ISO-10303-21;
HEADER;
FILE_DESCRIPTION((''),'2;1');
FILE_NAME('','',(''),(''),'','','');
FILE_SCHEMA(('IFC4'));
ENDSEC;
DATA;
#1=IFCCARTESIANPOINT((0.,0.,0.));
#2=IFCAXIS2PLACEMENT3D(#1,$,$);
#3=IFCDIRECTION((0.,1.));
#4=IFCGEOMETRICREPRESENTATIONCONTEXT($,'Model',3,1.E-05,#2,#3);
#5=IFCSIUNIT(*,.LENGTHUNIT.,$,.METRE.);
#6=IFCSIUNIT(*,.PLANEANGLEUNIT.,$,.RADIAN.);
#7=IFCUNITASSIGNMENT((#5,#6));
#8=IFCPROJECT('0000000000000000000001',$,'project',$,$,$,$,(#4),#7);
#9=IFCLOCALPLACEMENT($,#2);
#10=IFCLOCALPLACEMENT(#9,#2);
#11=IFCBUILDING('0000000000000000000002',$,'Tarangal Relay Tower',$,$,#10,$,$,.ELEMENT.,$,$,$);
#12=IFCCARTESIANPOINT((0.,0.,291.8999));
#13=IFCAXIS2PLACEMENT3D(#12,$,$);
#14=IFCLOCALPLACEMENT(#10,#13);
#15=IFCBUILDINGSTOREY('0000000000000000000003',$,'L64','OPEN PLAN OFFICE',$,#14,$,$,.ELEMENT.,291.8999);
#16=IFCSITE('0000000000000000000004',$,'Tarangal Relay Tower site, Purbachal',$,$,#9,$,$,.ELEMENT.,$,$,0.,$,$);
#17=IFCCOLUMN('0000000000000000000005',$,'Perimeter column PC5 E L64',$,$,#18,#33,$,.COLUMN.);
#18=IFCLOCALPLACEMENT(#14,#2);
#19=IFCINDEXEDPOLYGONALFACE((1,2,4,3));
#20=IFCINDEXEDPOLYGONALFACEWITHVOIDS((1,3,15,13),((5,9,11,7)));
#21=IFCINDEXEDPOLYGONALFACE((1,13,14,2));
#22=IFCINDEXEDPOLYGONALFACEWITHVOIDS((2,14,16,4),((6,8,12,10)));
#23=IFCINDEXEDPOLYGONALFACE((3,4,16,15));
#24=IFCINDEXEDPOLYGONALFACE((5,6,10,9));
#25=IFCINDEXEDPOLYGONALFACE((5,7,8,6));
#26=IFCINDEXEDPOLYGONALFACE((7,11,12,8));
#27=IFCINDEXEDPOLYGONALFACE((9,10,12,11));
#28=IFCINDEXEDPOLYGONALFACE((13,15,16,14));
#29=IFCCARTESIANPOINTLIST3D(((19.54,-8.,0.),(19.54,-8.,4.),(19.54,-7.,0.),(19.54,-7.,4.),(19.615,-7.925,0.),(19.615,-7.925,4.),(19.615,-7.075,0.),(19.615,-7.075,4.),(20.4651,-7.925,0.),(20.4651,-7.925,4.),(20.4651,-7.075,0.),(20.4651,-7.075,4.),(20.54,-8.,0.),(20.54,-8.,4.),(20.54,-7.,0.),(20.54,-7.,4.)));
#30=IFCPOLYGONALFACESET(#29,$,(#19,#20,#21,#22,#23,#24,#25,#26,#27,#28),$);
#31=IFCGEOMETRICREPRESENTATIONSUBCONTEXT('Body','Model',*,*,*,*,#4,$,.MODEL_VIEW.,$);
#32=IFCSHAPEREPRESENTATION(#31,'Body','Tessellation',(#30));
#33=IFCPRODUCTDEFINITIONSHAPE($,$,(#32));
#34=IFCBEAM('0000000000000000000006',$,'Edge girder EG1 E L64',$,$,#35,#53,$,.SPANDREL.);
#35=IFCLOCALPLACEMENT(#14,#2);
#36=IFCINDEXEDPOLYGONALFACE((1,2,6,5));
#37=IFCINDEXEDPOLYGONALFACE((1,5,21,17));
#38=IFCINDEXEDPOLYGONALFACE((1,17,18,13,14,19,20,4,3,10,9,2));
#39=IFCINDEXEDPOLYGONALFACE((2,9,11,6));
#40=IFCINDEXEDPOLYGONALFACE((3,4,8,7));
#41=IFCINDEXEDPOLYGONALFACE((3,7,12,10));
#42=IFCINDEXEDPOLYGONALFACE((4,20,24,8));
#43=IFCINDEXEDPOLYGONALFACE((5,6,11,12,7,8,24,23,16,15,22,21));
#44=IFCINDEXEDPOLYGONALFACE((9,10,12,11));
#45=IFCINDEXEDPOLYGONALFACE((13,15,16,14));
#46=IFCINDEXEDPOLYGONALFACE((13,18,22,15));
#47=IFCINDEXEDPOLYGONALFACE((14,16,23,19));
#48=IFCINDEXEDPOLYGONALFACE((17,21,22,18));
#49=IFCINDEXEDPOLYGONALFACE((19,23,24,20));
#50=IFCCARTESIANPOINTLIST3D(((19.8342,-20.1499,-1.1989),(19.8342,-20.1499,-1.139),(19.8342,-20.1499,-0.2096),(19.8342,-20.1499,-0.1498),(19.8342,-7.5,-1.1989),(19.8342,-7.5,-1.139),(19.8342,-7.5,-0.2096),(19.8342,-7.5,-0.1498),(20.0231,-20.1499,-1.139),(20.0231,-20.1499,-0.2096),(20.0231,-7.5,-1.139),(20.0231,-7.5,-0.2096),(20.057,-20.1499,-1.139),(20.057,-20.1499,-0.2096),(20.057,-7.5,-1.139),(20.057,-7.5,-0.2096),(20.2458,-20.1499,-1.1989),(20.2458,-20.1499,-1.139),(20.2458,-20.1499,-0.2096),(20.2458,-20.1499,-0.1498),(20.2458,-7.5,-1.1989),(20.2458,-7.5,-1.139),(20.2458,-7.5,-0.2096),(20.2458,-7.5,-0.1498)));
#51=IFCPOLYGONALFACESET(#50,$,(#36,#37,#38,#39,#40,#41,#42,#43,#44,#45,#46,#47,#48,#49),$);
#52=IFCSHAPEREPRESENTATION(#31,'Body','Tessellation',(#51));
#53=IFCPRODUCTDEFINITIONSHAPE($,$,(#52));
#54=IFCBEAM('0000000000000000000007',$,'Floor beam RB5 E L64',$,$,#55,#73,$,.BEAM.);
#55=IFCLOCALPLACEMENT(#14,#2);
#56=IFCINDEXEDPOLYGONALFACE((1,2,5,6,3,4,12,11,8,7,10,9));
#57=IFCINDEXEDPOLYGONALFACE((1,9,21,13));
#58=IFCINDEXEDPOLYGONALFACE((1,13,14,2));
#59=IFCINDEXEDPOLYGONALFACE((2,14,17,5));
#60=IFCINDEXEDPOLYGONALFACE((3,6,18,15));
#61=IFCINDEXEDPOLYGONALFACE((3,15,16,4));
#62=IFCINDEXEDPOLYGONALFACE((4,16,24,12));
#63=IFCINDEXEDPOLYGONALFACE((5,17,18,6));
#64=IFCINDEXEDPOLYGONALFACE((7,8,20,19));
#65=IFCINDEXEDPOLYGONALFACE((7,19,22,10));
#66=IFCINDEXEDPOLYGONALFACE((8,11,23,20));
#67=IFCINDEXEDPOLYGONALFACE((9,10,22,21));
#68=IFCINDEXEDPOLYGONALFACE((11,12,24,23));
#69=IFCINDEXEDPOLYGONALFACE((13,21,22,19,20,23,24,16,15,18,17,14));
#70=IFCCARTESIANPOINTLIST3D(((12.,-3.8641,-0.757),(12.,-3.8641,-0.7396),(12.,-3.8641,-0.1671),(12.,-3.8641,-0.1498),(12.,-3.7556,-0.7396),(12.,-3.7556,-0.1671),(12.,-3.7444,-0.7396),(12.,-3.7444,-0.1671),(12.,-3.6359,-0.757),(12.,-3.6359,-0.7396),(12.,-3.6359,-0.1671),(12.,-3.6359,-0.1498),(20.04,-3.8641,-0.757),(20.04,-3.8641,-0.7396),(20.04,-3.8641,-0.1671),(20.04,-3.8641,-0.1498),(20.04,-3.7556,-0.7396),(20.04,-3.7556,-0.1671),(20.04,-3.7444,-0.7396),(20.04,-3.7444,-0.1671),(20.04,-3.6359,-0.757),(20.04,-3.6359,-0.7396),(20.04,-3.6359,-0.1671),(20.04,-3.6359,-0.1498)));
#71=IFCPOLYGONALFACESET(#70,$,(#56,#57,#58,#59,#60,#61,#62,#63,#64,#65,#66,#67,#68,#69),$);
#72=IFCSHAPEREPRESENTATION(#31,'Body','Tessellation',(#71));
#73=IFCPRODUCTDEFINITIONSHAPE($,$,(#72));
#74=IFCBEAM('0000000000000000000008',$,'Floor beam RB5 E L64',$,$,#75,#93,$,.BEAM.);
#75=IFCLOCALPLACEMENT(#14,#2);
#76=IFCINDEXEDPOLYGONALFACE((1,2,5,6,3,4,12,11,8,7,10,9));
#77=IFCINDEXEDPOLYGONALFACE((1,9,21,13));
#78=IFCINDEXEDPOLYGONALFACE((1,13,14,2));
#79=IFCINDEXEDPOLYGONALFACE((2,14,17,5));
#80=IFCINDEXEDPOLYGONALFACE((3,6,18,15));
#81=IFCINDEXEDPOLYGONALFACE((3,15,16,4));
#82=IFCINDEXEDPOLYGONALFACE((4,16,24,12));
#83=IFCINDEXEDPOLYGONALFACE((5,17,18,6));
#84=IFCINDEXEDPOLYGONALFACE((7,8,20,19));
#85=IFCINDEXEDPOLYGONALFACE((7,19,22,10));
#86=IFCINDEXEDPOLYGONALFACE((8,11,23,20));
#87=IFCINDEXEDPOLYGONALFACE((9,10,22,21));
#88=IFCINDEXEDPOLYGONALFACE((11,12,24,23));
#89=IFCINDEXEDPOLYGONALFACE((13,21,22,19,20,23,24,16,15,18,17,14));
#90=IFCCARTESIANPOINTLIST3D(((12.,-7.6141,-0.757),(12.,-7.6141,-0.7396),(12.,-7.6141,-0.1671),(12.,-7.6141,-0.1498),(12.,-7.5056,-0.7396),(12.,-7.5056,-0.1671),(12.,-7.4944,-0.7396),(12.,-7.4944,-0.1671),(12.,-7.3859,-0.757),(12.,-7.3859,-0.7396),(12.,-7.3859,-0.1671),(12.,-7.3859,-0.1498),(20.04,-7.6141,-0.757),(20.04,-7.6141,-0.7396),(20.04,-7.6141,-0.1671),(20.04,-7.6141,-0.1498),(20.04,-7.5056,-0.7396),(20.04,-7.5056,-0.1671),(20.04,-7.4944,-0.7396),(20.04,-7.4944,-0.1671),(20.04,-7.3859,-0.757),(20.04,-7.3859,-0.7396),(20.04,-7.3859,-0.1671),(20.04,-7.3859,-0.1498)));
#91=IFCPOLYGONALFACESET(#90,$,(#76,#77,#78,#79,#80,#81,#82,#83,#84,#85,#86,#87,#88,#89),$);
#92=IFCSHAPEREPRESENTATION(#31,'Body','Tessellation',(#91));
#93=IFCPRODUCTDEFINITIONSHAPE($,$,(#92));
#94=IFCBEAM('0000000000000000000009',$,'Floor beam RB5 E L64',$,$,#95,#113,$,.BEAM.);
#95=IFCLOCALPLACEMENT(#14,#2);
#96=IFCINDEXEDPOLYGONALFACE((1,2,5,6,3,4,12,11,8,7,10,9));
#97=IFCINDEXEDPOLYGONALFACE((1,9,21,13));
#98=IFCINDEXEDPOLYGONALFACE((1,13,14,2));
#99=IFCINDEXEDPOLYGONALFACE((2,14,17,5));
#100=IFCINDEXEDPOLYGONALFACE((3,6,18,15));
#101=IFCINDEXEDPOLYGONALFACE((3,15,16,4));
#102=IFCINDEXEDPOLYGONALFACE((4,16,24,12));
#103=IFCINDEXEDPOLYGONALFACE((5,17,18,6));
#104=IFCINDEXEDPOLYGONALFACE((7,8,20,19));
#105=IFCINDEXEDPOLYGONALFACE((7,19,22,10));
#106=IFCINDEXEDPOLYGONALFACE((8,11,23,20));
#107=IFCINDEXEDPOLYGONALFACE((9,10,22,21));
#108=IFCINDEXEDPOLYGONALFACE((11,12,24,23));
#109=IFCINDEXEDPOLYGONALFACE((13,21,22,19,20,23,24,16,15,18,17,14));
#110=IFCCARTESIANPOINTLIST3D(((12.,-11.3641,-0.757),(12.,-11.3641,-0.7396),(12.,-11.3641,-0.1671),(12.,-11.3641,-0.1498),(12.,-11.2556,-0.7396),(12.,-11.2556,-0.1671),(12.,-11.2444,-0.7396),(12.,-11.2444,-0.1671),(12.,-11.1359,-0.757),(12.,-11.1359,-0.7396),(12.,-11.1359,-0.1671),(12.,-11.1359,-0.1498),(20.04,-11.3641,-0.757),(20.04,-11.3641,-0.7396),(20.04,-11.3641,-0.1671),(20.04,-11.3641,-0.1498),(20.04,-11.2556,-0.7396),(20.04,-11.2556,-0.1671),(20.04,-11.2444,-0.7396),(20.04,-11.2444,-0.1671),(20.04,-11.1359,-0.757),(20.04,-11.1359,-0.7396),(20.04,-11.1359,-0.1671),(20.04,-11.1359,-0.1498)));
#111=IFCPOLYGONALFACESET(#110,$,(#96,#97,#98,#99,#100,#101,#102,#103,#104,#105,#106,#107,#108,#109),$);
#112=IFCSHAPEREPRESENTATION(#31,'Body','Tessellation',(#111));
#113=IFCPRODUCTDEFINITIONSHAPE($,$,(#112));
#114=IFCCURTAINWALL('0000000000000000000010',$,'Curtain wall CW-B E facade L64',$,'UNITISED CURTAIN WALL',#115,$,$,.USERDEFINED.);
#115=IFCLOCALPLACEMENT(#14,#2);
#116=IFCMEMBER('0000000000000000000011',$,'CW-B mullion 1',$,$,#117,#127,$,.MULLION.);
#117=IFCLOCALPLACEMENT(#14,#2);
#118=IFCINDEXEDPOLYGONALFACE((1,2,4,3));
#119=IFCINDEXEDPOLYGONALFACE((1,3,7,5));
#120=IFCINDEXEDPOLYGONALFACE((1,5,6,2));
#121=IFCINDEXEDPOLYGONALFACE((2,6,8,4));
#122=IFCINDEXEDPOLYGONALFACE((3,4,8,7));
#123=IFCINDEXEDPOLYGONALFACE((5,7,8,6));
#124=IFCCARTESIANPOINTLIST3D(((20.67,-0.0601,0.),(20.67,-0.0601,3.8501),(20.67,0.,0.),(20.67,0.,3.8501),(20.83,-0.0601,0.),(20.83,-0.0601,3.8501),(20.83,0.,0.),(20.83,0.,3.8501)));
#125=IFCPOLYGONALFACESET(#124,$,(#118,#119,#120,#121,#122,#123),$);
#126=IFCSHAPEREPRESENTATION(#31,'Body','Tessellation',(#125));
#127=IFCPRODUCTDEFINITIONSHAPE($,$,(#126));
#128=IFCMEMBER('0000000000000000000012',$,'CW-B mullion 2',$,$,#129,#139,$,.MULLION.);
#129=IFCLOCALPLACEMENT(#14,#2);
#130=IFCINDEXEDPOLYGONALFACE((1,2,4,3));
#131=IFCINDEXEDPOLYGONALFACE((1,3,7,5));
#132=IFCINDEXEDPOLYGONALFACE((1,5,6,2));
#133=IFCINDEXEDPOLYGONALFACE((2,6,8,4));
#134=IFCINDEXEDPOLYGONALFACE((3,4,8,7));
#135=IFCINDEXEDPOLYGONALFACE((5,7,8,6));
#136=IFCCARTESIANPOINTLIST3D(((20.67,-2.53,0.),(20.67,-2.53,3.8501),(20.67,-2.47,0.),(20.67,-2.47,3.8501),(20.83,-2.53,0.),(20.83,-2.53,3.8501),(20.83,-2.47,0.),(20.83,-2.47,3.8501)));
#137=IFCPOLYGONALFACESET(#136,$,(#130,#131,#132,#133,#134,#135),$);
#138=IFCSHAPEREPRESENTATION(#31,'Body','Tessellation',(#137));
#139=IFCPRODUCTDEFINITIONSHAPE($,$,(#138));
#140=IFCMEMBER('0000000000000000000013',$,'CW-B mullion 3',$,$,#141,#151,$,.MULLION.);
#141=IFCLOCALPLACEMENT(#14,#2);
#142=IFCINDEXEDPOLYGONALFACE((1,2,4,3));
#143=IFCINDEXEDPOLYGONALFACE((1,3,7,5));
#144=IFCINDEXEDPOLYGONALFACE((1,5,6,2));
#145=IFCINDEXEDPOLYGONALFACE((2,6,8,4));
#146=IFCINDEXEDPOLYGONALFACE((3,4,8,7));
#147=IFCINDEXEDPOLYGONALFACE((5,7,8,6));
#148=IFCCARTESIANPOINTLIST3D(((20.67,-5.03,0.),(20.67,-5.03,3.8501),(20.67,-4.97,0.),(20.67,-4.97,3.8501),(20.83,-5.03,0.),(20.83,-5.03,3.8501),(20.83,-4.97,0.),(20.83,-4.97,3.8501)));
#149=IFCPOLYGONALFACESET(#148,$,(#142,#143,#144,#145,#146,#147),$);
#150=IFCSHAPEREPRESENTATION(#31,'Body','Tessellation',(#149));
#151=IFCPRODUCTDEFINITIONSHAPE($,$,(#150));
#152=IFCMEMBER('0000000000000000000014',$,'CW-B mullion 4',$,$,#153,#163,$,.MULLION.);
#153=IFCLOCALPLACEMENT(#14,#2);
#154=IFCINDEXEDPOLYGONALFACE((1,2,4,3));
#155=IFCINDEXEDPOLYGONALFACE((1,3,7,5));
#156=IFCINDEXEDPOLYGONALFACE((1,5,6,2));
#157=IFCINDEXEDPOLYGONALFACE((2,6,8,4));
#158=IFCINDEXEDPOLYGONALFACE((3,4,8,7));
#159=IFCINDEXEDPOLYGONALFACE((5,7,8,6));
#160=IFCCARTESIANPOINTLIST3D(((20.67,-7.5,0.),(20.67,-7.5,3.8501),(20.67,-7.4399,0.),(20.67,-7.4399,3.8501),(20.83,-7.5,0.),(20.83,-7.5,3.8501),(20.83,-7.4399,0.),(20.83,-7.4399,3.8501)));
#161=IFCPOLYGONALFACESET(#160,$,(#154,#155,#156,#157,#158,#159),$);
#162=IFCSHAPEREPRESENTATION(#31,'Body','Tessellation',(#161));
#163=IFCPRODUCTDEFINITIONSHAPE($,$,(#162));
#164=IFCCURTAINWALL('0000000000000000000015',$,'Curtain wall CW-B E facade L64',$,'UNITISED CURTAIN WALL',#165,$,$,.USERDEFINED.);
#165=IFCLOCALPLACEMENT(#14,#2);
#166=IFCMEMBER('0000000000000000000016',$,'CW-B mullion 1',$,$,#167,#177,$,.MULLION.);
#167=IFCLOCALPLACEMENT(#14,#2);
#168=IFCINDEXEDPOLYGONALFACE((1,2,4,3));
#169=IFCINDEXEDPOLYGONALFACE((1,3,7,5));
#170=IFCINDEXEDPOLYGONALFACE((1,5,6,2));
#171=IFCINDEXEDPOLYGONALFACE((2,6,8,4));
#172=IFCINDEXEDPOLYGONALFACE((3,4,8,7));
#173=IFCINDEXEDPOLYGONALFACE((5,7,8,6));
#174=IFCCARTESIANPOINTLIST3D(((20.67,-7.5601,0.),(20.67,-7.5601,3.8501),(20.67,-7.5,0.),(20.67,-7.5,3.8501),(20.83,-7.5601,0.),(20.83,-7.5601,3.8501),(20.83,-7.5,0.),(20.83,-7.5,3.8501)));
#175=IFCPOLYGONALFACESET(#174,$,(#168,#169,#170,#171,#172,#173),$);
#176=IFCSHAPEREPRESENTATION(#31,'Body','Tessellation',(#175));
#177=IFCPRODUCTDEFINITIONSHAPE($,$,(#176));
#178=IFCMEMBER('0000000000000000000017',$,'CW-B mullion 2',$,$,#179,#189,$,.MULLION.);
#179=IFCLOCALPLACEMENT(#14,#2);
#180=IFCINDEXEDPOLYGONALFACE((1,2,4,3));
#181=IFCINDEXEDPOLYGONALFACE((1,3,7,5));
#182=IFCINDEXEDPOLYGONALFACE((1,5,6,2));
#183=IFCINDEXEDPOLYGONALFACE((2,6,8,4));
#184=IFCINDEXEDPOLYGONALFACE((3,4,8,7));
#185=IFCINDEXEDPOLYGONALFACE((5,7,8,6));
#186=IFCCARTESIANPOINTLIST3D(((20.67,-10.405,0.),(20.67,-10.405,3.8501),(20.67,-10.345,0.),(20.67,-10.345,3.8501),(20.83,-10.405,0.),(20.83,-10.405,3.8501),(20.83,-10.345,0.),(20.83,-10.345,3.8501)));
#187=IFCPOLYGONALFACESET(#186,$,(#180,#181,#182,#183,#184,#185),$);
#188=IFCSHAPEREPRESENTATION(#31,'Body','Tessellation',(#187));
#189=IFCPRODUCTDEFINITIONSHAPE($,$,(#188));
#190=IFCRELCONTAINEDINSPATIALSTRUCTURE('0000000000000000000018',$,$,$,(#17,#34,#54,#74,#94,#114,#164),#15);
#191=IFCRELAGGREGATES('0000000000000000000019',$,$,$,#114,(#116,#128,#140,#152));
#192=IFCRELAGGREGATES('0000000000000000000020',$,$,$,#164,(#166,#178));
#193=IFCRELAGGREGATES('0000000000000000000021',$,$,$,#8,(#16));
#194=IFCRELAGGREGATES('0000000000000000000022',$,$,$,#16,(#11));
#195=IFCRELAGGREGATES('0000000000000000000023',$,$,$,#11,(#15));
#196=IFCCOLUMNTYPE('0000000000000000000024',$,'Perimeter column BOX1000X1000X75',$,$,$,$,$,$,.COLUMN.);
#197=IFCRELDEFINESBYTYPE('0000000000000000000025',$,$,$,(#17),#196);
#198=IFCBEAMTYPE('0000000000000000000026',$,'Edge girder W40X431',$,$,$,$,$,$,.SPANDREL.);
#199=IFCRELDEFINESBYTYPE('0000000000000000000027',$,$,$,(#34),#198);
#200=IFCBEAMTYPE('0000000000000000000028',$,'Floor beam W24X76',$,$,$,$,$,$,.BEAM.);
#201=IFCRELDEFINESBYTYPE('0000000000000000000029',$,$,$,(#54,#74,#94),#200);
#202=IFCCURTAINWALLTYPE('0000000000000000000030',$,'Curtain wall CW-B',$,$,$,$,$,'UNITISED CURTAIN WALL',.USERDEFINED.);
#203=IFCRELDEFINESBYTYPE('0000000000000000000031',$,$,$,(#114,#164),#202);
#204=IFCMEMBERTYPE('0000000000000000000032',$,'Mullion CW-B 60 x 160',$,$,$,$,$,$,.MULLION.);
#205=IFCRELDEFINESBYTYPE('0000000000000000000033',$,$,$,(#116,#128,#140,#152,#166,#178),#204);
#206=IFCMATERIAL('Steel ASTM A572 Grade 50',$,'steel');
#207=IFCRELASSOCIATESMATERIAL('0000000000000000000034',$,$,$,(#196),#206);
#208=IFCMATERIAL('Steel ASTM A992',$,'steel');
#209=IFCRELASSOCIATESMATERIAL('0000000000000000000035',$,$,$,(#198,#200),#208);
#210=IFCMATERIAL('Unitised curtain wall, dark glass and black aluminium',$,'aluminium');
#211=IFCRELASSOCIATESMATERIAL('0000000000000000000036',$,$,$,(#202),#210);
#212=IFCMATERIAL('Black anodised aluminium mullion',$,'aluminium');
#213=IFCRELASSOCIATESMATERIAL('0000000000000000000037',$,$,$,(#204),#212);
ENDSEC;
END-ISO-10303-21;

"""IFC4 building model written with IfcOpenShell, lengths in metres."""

from ifc_helpers import new_model, si_unit, direction, frame, origin, origin_2d, place, context, subcontext, project, spatial, rectangle, hollow_rectangle, i_section, extrude, material, material_profile, profile_set, type_object, element, aggregate, save


model = new_model("IFC4")

# Units and contexts
model_context = context("Model", 3, precision=1e-05, world=origin(), true_north=direction((0.0, 1.0)))
body_context = subcontext(model_context, "Body", "Model", "MODEL_VIEW")
ifc_project = project(units=[si_unit("LENGTHUNIT", "METRE"), si_unit("PLANEANGLEUNIT", "RADIAN")], contexts=[model_context])

# Site, building, storey
site_placement = place(None, origin())
site = spatial("IfcSite", under=ifc_project, at=site_placement, Name="Tarangal Relay Tower site, Purbachal", CompositionType="ELEMENT", RefElevation=0.0)
building_placement = place(site_placement, origin())
building = spatial("IfcBuilding", under=site, at=building_placement, Name="Tarangal Relay Tower", CompositionType="ELEMENT")
storey_placement = place(building_placement, frame((0.0, 0.0, 291.8999)))
storey = spatial("IfcBuildingStorey", under=building, at=storey_placement, Name="L64", Description="OPEN PLAN OFFICE", CompositionType="ELEMENT", Elevation=291.8999)

# Column
ifc_material_1 = material(Name="Steel ASTM A572 Grade 50", Category="steel")
ifc_material_profile_1 = material_profile(ifc_material_1, hollow_rectangle(XDim=1.0, YDim=1.0, WallThickness=0.075, at=origin_2d()), Name="BOX1000X1000X75")
ifc_profile_set_1 = profile_set([ifc_material_profile_1], Name="Steel ASTM A572 Grade 50")
column_type = type_object("IfcColumnType", Name="Perimeter column BOX1000X1000X75", PredefinedType="COLUMN", material=ifc_profile_set_1)
column_placement = place(storey_placement, frame((20.04, -7.5, 0.0), z_axis=(0.0, 0.0, 1.0), x_axis=(1.0, 0.0, 0.0)))
element("IfcColumn", 1, at=column_placement, inside=storey, type_object=column_type, Name="Perimeter column PC5 E L64", PredefinedType="COLUMN", context=body_context, shape_type="SweptSolid", body=[
    extrude(hollow_rectangle(XDim=1.0, YDim=1.0, WallThickness=0.075, at=origin_2d()), origin(), (0.0, 0.0, 1.0), 4.0),
])

# Beams
ifc_material_2 = material(Name="Steel ASTM A992", Category="steel")
ifc_material_profile_2 = material_profile(ifc_material_2, i_section(OverallWidth=0.4116, OverallDepth=1.0491, WebThickness=0.0339, FlangeThickness=0.0598, at=origin_2d()), Name="W40X431")
ifc_profile_set_2 = profile_set([ifc_material_profile_2], Name="Steel ASTM A992")
beam_type_1 = type_object("IfcBeamType", Name="Edge girder W40X431", PredefinedType="SPANDREL", material=ifc_profile_set_2)
beam_placement = place(storey_placement, frame((20.04, -7.5, -0.6743), z_axis=(0.0, -1.0, 0.0), x_axis=(1.0, 0.0, 0.0)))
element("IfcBeam", 2, at=beam_placement, inside=storey, type_object=beam_type_1, Name="Edge girder EG1 E L64", PredefinedType="SPANDREL", context=body_context, shape_type="SweptSolid", body=[
    extrude(i_section(OverallWidth=0.4116, OverallDepth=1.0491, WebThickness=0.0339, FlangeThickness=0.0598, at=origin_2d()), origin(), (0.0, 0.0, 1.0), 12.6499),
])
ifc_material_profile_3 = material_profile(ifc_material_2, i_section(OverallWidth=0.2283, OverallDepth=0.6072, WebThickness=0.0112, FlangeThickness=0.0173, at=origin_2d()), Name="W24X76")
ifc_profile_set_3 = profile_set([ifc_material_profile_3], Name="Steel ASTM A992")
beam_type_2 = type_object("IfcBeamType", Name="Floor beam W24X76", PredefinedType="BEAM", material=ifc_profile_set_3)
for number, where, z_axis, x_axis, name in (
    (3, (12.0, -3.75, -0.4534), (1.0, 0.0, 0.0), (0.0, 1.0, 0.0), "Floor beam RB5 E L64"),
    (4, (12.0, -7.5, -0.4534), (1.0, 0.0, 0.0), (0.0, 1.0, 0.0), "Floor beam RB5 E L64"),
    (5, (12.0, -11.25, -0.4534), (1.0, 0.0, 0.0), (0.0, 1.0, 0.0), "Floor beam RB5 E L64"),
):
    element("IfcBeam", number, at=place(storey_placement, frame(where, z_axis=z_axis, x_axis=x_axis)), inside=storey, type_object=beam_type_2, Name=name, PredefinedType="BEAM", context=body_context, shape_type="SweptSolid", body=[
        extrude(i_section(OverallWidth=0.2283, OverallDepth=0.6072, WebThickness=0.0112, FlangeThickness=0.0173, at=origin_2d()), origin(), (0.0, 0.0, 1.0), 8.04),
    ])

# Curtain walls, members
ifc_material_3 = material(Name="Unitised curtain wall, dark glass and black aluminium", Category="aluminium")
curtain_wall_type = type_object("IfcCurtainWallType", Name="Curtain wall CW-B", ElementType="UNITISED CURTAIN WALL", PredefinedType="USERDEFINED", material=ifc_material_3)
curtain_wall_1_placement = place(storey_placement, origin())
curtain_wall_1 = element("IfcCurtainWall", 6, at=curtain_wall_1_placement, inside=storey, type_object=curtain_wall_type, Name="Curtain wall CW-B E facade L64", ObjectType="UNITISED CURTAIN WALL", PredefinedType="USERDEFINED")
ifc_material_4 = material(Name="Black anodised aluminium mullion", Category="aluminium")
ifc_material_profile_4 = material_profile(ifc_material_4, rectangle(XDim=0.1599, YDim=0.0601, at=origin_2d()), Name="CW-BM 60X160")
ifc_profile_set_4 = profile_set([ifc_material_profile_4], Name="Black anodised aluminium mullion")
member_type_1 = type_object("IfcMemberType", Name="Mullion CW-B 60 x 160", PredefinedType="MULLION", material=ifc_profile_set_4)
member_1_placement = place(storey_placement, frame((20.75, -0.03, 0.0), z_axis=(0.0, 0.0, 1.0), x_axis=(1.0, 0.0, 0.0)))
member_1 = element("IfcMember", 7, at=member_1_placement, type_object=member_type_1, Name="CW-B mullion 1", PredefinedType="MULLION", context=body_context, shape_type="SweptSolid", body=[
    extrude(rectangle(XDim=0.1599, YDim=0.0601, at=origin_2d()), origin(), (0.0, 0.0, 1.0), 3.8501),
])
member_2_placement = place(storey_placement, frame((20.75, -2.5, 0.0), z_axis=(0.0, 0.0, 1.0), x_axis=(1.0, 0.0, 0.0)))
member_2 = element("IfcMember", 8, at=member_2_placement, type_object=member_type_1, Name="CW-B mullion 2", PredefinedType="MULLION", context=body_context, shape_type="SweptSolid", body=[
    extrude(rectangle(XDim=0.1599, YDim=0.0601, at=origin_2d()), origin(), (0.0, 0.0, 1.0), 3.8501),
])
member_3_placement = place(storey_placement, frame((20.75, -5.0, 0.0), z_axis=(0.0, 0.0, 1.0), x_axis=(1.0, 0.0, 0.0)))
member_3 = element("IfcMember", 9, at=member_3_placement, type_object=member_type_1, Name="CW-B mullion 3", PredefinedType="MULLION", context=body_context, shape_type="SweptSolid", body=[
    extrude(rectangle(XDim=0.1599, YDim=0.0601, at=origin_2d()), origin(), (0.0, 0.0, 1.0), 3.8501),
])
member_4_placement = place(storey_placement, frame((20.75, -7.47, 0.0), z_axis=(0.0, 0.0, 1.0), x_axis=(1.0, 0.0, 0.0)))
member_4 = element("IfcMember", 10, at=member_4_placement, type_object=member_type_1, Name="CW-B mullion 4", PredefinedType="MULLION", context=body_context, shape_type="SweptSolid", body=[
    extrude(rectangle(XDim=0.1599, YDim=0.0601, at=origin_2d()), origin(), (0.0, 0.0, 1.0), 3.8501),
])
curtain_wall_2_placement = place(storey_placement, origin())
curtain_wall_2 = element("IfcCurtainWall", 11, at=curtain_wall_2_placement, inside=storey, type_object=curtain_wall_type, Name="Curtain wall CW-B E facade L64", ObjectType="UNITISED CURTAIN WALL", PredefinedType="USERDEFINED")
member_5_placement = place(storey_placement, frame((20.75, -7.53, 0.0), z_axis=(0.0, 0.0, 1.0), x_axis=(1.0, 0.0, 0.0)))
member_5 = element("IfcMember", 12, at=member_5_placement, type_object=member_type_1, Name="CW-B mullion 1", PredefinedType="MULLION", context=body_context, shape_type="SweptSolid", body=[
    extrude(rectangle(XDim=0.1599, YDim=0.0601, at=origin_2d()), origin(), (0.0, 0.0, 1.0), 3.8501),
])
member_6_placement = place(storey_placement, frame((20.75, -10.375, 0.0), z_axis=(0.0, 0.0, 1.0), x_axis=(1.0, 0.0, 0.0)))
member_6 = element("IfcMember", 13, at=member_6_placement, type_object=member_type_1, Name="CW-B mullion 2", PredefinedType="MULLION", context=body_context, shape_type="SweptSolid", body=[
    extrude(rectangle(XDim=0.1599, YDim=0.0601, at=origin_2d()), origin(), (0.0, 0.0, 1.0), 3.8501),
])

aggregate(curtain_wall_1, [member_1, member_2, member_3, member_4])
aggregate(curtain_wall_2, [member_5, member_6])

save(model, "model.ifc")
